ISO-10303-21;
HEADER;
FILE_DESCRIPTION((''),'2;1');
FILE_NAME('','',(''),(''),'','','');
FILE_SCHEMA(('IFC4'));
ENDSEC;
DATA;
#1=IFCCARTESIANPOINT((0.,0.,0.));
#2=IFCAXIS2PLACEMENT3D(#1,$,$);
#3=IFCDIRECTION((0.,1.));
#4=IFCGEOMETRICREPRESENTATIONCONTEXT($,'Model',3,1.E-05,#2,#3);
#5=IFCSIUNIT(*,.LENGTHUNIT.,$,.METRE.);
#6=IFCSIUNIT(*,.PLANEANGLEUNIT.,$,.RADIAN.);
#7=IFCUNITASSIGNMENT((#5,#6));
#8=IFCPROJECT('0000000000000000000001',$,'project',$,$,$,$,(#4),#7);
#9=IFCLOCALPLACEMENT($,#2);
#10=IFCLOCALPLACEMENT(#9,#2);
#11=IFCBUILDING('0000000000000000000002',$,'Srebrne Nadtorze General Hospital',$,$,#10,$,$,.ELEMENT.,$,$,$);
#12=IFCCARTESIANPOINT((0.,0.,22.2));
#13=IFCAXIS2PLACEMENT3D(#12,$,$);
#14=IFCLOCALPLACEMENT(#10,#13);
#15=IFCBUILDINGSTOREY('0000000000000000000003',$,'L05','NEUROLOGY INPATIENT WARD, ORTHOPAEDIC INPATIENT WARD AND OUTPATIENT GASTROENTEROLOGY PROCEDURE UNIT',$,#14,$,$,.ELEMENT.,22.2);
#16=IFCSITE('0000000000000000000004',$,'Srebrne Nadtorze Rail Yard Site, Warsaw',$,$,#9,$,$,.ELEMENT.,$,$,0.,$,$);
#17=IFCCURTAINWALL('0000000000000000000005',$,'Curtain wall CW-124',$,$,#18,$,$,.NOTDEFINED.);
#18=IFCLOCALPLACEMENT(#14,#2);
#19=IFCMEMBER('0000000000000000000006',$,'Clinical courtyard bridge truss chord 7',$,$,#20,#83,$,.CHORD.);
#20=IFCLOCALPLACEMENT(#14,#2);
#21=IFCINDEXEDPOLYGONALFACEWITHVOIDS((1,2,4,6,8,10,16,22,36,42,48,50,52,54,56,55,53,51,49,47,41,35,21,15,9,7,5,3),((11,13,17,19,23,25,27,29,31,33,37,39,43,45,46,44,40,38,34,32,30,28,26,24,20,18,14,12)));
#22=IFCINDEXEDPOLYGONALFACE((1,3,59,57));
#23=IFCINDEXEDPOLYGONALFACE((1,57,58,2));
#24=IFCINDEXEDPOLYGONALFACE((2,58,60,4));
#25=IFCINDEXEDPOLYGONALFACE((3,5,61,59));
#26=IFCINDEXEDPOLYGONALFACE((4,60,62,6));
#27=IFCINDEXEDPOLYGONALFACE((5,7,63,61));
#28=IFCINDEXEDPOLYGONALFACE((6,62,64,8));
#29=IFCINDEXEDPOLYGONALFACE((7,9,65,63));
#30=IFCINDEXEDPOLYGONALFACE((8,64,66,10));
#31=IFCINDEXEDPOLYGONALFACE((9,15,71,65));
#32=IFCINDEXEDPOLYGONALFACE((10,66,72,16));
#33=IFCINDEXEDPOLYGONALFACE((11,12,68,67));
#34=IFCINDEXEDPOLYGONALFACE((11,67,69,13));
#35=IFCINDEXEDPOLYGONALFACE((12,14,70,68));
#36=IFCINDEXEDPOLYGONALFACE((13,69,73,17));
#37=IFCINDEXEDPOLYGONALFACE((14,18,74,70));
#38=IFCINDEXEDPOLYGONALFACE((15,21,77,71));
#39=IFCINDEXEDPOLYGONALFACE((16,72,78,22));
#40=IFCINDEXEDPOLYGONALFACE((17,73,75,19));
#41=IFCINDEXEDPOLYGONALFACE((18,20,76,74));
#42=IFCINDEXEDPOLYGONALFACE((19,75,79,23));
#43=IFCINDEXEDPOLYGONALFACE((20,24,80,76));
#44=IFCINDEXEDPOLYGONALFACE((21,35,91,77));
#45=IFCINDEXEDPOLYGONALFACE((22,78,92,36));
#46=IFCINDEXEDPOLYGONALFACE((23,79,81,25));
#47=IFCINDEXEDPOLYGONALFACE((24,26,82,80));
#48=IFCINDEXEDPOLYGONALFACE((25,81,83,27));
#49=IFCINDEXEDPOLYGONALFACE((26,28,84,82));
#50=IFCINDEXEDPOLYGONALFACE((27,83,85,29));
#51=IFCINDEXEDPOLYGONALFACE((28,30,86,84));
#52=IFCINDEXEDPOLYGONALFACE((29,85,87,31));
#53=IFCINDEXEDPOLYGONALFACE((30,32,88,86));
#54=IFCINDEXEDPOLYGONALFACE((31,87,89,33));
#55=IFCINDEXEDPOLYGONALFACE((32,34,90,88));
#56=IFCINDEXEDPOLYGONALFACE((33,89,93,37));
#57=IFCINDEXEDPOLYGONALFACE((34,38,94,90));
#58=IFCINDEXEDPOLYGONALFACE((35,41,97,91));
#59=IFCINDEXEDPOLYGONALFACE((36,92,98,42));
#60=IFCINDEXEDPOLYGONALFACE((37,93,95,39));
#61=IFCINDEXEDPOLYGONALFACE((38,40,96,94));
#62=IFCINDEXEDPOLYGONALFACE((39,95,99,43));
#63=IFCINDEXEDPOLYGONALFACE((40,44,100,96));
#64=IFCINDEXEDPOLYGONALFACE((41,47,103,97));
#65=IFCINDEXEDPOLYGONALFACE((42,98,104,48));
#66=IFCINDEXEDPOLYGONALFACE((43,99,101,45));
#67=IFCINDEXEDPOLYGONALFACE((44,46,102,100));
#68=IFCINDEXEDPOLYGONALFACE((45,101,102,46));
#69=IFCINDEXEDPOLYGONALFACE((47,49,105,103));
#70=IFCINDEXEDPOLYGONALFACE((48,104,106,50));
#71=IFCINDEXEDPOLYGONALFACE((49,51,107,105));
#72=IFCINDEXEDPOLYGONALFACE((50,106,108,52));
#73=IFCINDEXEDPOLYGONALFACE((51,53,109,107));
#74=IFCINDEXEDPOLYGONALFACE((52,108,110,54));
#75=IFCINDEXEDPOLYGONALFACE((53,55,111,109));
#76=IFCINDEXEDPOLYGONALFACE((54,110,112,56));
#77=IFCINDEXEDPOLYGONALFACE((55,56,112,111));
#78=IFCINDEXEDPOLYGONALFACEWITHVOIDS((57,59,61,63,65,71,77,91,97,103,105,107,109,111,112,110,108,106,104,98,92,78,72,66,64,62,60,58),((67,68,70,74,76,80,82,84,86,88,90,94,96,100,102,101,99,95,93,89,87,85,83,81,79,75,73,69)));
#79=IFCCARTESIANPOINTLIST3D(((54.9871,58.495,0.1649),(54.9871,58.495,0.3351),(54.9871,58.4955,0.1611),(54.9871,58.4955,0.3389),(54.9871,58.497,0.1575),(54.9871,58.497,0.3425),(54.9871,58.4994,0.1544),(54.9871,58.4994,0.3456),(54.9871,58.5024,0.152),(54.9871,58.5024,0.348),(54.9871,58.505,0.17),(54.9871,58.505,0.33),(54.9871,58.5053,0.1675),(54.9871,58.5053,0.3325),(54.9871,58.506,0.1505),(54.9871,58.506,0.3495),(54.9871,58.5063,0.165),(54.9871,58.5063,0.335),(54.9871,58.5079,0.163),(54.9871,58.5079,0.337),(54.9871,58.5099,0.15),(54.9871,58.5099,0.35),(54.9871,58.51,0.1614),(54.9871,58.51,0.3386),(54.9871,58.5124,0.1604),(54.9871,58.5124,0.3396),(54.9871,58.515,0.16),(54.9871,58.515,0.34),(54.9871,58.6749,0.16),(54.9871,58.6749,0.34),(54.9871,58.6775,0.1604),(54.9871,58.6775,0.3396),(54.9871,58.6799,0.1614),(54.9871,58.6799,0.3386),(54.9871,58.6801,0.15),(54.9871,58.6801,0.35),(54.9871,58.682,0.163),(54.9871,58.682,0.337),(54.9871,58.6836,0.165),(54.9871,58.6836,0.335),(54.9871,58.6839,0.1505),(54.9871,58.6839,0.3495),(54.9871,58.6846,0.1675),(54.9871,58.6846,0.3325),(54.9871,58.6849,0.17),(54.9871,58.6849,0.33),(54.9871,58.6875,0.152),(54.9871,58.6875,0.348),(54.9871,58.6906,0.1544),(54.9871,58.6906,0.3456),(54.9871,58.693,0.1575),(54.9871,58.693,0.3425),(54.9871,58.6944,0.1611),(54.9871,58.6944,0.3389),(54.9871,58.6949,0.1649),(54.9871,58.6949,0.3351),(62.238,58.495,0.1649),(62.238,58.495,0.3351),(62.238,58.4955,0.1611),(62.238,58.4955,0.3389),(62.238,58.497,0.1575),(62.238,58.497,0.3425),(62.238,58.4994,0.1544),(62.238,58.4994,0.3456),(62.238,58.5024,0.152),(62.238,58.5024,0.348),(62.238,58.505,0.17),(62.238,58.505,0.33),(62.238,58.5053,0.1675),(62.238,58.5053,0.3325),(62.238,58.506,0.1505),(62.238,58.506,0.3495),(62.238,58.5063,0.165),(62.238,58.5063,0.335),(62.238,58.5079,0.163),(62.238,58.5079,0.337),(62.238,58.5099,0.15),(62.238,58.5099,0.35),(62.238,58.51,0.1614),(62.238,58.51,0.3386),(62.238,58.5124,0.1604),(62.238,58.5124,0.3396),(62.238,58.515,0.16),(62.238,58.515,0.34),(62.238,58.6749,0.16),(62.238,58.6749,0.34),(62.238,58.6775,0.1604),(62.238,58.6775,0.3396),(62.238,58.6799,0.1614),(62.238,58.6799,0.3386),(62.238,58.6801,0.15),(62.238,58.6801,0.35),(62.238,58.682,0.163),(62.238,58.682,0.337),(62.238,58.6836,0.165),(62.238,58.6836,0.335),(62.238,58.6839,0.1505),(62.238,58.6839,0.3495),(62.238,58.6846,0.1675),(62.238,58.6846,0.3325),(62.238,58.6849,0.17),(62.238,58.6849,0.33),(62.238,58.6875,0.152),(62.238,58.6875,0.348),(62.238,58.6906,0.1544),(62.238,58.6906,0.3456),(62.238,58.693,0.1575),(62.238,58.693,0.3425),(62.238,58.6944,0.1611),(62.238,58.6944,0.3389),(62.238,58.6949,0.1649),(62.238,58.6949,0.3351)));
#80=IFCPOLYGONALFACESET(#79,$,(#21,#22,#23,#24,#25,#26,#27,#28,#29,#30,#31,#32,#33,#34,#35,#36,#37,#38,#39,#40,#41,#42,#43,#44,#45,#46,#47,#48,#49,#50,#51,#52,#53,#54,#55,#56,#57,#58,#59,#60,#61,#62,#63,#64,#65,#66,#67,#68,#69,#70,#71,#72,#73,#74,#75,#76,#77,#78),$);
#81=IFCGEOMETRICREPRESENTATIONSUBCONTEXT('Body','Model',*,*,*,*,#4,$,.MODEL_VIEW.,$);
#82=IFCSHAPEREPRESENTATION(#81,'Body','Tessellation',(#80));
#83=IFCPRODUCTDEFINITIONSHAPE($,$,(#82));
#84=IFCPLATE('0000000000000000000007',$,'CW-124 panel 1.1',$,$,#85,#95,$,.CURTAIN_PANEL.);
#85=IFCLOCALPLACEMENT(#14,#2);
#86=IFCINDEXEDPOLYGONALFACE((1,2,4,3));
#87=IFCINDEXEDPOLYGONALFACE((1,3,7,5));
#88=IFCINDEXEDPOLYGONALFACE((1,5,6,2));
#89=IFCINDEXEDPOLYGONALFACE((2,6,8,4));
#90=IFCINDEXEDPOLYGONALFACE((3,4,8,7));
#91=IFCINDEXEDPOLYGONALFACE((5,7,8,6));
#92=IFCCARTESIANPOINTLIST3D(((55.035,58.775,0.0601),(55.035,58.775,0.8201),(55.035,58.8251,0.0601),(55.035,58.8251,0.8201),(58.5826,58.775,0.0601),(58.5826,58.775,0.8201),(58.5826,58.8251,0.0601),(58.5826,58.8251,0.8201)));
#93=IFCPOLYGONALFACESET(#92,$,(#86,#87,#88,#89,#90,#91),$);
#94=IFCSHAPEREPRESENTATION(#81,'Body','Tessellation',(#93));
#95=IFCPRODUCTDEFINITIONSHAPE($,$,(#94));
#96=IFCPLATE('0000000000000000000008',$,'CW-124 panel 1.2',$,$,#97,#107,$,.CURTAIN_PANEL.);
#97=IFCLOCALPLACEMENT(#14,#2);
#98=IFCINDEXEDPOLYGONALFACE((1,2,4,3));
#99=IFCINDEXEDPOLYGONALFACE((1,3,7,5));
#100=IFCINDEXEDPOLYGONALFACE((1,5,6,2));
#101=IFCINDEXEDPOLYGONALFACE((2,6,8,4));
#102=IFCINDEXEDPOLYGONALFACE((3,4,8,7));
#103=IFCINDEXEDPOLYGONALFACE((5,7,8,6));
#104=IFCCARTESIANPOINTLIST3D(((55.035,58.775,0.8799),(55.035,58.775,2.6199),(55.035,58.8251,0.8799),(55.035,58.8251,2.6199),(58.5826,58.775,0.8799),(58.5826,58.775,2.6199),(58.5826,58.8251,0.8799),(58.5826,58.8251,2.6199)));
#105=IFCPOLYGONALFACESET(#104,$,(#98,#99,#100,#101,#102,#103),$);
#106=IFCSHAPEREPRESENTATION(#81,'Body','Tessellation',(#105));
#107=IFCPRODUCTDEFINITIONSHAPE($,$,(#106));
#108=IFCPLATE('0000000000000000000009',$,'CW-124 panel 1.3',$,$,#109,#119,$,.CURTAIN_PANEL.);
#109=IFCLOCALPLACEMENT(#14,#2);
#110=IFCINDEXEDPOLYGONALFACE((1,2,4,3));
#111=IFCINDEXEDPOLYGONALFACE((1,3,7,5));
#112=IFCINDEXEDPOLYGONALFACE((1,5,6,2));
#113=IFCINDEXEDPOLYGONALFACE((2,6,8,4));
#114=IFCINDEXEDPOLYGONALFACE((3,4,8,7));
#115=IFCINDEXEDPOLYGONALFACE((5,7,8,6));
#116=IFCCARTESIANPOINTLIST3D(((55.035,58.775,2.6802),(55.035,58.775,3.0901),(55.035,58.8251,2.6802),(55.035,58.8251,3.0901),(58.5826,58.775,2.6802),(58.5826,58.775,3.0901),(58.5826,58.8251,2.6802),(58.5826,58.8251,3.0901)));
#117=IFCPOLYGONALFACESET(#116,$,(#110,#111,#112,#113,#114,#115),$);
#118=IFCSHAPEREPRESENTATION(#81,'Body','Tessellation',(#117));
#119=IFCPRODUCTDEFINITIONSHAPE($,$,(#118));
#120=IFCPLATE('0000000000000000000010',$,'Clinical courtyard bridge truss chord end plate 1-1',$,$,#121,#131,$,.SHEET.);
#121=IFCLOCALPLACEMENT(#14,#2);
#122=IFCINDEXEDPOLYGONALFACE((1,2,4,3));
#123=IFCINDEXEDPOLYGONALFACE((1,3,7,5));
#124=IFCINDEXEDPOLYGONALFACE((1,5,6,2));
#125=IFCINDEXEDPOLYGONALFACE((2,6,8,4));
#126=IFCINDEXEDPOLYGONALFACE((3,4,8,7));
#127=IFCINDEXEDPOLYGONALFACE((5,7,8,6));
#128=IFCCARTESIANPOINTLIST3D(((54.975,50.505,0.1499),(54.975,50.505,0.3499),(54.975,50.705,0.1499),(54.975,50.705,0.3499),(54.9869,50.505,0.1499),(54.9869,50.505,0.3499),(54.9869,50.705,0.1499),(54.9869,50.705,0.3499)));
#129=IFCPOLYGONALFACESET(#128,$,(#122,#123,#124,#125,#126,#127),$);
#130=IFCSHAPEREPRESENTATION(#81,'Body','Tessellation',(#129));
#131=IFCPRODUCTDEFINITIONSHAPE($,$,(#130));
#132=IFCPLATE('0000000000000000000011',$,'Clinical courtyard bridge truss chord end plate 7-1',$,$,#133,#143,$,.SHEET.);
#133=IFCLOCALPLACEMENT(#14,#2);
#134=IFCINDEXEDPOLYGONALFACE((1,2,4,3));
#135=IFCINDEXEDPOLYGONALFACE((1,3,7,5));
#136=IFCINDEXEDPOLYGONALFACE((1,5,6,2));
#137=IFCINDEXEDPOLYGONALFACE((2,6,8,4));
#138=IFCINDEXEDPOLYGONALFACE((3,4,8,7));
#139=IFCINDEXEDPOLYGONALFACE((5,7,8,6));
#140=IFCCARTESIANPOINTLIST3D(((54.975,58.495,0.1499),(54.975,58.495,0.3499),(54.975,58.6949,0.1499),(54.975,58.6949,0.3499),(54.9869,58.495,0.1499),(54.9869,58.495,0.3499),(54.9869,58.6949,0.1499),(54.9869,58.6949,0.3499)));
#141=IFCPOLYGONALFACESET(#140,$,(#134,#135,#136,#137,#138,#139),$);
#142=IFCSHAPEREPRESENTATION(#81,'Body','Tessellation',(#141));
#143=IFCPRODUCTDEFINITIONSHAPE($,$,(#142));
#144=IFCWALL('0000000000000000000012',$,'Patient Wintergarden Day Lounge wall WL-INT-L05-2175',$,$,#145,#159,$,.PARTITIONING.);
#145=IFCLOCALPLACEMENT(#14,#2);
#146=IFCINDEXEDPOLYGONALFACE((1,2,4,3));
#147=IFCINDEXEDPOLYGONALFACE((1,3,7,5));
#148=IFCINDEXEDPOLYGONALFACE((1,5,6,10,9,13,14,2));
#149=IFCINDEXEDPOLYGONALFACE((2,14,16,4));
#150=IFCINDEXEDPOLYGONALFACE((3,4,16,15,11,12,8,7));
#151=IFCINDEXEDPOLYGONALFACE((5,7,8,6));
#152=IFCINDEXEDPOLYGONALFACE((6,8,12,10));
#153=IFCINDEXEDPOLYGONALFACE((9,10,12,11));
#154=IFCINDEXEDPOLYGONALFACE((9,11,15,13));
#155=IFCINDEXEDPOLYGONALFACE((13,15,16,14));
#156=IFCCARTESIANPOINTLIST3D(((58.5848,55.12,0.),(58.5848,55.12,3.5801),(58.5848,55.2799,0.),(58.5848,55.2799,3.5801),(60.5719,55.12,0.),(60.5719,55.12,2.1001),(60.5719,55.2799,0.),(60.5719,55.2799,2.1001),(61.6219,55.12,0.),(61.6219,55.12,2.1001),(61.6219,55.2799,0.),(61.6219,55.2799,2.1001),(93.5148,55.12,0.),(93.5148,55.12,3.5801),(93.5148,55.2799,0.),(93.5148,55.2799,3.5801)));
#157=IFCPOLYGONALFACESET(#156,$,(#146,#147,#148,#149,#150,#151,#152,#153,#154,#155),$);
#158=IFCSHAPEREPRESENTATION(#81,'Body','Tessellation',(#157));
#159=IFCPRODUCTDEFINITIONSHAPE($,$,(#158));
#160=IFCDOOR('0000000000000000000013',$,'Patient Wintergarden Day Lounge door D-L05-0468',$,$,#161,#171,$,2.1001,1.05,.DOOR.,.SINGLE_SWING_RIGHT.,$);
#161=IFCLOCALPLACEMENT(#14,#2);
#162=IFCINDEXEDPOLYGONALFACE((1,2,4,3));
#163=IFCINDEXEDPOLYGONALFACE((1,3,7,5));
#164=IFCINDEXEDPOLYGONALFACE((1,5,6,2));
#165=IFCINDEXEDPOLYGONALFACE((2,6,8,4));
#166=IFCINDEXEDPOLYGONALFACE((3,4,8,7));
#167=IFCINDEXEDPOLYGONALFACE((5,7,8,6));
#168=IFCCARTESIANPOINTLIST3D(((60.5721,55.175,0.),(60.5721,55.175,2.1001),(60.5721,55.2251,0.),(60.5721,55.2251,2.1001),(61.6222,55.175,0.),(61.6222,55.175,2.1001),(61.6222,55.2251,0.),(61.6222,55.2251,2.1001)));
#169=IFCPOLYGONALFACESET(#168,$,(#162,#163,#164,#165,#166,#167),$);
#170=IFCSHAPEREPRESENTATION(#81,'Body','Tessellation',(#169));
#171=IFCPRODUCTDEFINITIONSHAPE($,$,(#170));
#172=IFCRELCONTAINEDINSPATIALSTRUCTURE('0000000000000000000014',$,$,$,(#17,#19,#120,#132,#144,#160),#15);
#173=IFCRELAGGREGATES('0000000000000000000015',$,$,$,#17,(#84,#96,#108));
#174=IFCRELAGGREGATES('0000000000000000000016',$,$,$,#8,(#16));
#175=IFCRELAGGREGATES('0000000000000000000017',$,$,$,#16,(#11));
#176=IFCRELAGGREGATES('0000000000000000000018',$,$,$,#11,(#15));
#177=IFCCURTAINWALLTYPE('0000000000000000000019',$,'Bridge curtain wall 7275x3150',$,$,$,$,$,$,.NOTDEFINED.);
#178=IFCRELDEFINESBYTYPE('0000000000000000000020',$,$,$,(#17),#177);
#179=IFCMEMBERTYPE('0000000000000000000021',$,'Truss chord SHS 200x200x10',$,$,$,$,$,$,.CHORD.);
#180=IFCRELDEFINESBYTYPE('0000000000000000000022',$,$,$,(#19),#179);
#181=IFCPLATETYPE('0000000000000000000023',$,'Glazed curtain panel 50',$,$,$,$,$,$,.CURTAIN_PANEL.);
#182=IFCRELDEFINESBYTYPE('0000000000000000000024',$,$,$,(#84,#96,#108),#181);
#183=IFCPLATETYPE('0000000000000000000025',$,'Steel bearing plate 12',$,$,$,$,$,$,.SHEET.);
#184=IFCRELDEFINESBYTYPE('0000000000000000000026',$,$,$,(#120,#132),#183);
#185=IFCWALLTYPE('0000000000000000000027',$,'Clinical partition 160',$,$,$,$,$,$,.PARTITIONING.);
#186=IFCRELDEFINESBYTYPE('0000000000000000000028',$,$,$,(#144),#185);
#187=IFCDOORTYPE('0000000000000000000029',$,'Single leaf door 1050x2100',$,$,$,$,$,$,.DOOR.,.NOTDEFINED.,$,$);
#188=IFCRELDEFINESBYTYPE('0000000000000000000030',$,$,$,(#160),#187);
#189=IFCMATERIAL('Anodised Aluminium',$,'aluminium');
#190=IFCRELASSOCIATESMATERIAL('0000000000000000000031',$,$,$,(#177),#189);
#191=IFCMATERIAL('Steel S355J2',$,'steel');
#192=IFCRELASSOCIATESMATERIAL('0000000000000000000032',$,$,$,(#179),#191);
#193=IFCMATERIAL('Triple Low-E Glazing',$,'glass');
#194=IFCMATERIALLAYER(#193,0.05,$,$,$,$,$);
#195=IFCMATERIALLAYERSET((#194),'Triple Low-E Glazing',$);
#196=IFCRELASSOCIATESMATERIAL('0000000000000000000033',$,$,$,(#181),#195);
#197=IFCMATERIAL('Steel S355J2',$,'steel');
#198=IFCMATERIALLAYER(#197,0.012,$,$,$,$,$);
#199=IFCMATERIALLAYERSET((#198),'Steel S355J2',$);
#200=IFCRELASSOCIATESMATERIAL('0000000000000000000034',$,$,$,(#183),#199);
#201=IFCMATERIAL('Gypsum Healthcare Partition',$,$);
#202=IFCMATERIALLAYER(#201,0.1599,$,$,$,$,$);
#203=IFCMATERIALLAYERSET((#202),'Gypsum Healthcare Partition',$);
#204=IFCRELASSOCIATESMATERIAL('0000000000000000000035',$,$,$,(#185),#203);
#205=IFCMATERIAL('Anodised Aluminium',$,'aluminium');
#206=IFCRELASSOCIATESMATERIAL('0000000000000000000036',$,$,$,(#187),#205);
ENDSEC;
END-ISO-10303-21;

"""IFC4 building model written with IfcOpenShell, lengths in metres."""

from ifc_helpers import new_model, si_unit, direction, frame, frame_2d, origin, origin_2d, place, context, subcontext, project, spatial, rectangle, hollow_rectangle, extrude, material, layer, layer_set, material_profile, profile_set, type_object, element, fill, aggregate, save


model = new_model("IFC4")

# Units and contexts
model_context = context("Model", 3, precision=1e-05, world=origin(), true_north=direction((0.0, 1.0)))
body_context = subcontext(model_context, "Body", "Model", "MODEL_VIEW")
ifc_project = project(units=[si_unit("LENGTHUNIT", "METRE"), si_unit("PLANEANGLEUNIT", "RADIAN")], contexts=[model_context])

# Site, building, storey
site_placement = place(None, origin())
site = spatial("IfcSite", under=ifc_project, at=site_placement, Name="Srebrne Nadtorze Rail Yard Site, Warsaw", CompositionType="ELEMENT", RefElevation=0.0)
building_placement = place(site_placement, origin())
building = spatial("IfcBuilding", under=site, at=building_placement, Name="Srebrne Nadtorze General Hospital", CompositionType="ELEMENT")
storey_placement = place(building_placement, frame((0.0, 0.0, 22.2)))
storey = spatial("IfcBuildingStorey", under=building, at=storey_placement, Name="L05", Description="NEUROLOGY INPATIENT WARD, ORTHOPAEDIC INPATIENT WARD AND OUTPATIENT GASTROENTEROLOGY PROCEDURE UNIT", CompositionType="ELEMENT", Elevation=22.2)

# Curtain wall
ifc_material_1 = material(Name="Anodised Aluminium", Category="aluminium")
curtain_wall_type = type_object("IfcCurtainWallType", Name="Bridge curtain wall 7275x3150", PredefinedType="NOTDEFINED", material=ifc_material_1)
curtain_wall_placement = place(storey_placement, origin())
curtain_wall = element("IfcCurtainWall", 1, at=curtain_wall_placement, inside=storey, type_object=curtain_wall_type, Name="Curtain wall CW-124", PredefinedType="NOTDEFINED")

# Member
ifc_material_2 = material(Name="Steel S355J2", Category="steel")
ifc_material_profile_1 = material_profile(ifc_material_2, hollow_rectangle(XDim=0.2, YDim=0.2, WallThickness=0.01, InnerFilletRadius=0.01, OuterFilletRadius=0.0149, at=origin_2d()), Name="SHS-200x200x10")
ifc_profile_set_1 = profile_set([ifc_material_profile_1], Name="Steel S355J2")
member_type_1 = type_object("IfcMemberType", Name="Truss chord SHS 200x200x10", PredefinedType="CHORD", material=ifc_profile_set_1)
for number, where, z_axis, x_axis, name in (
    (2, (54.9871, 58.595, 0.25), (1.0, 0.0, 0.0), (0.0, 1.0, 0.0), "Clinical courtyard bridge truss chord 7"),
):
    element("IfcMember", number, at=place(storey_placement, frame(where, z_axis=z_axis, x_axis=x_axis)), inside=storey, type_object=member_type_1, Name=name, PredefinedType="CHORD", context=body_context, shape_type="SweptSolid", body=[
        extrude(hollow_rectangle(XDim=0.2, YDim=0.2, WallThickness=0.01, InnerFilletRadius=0.01, OuterFilletRadius=0.0149, at=origin_2d()), origin(), (0.0, 0.0, 1.0), 7.251),
    ])

# Plates
ifc_material_3 = material(Name="Triple Low-E Glazing", Category="glass")
ifc_layer_1 = layer(ifc_material_3, 0.05)
ifc_layer_set_1 = layer_set([ifc_layer_1], Name="Triple Low-E Glazing")
plate_type_1 = type_object("IfcPlateType", Name="Glazed curtain panel 50", PredefinedType="CURTAIN_PANEL", material=ifc_layer_set_1)
plate_1_placement = place(storey_placement, frame((56.8088, 58.8, 0.0601), z_axis=(0.0, 0.0, 1.0), x_axis=(1.0, 0.0, 0.0)))
plate_1 = element("IfcPlate", 3, at=plate_1_placement, type_object=plate_type_1, Name="CW-124 panel 1.1", PredefinedType="CURTAIN_PANEL", context=body_context, shape_type="SweptSolid", body=[
    extrude(rectangle(XDim=3.5476, YDim=0.05, at=origin_2d()), origin(), (0.0, 0.0, 1.0), 0.76),
])
plate_2_placement = place(storey_placement, frame((56.8088, 58.8, 0.8799), z_axis=(0.0, 0.0, 1.0), x_axis=(1.0, 0.0, 0.0)))
plate_2 = element("IfcPlate", 4, at=plate_2_placement, type_object=plate_type_1, Name="CW-124 panel 1.2", PredefinedType="CURTAIN_PANEL", context=body_context, shape_type="SweptSolid", body=[
    extrude(rectangle(XDim=3.5476, YDim=0.05, at=origin_2d()), origin(), (0.0, 0.0, 1.0), 1.74),
])
plate_3_placement = place(storey_placement, frame((56.8088, 58.8, 2.6802), z_axis=(0.0, 0.0, 1.0), x_axis=(1.0, 0.0, 0.0)))
plate_3 = element("IfcPlate", 5, at=plate_3_placement, type_object=plate_type_1, Name="CW-124 panel 1.3", PredefinedType="CURTAIN_PANEL", context=body_context, shape_type="SweptSolid", body=[
    extrude(rectangle(XDim=3.5476, YDim=0.05, at=origin_2d()), origin(), (0.0, 0.0, 1.0), 0.4099),
])
aggregate(curtain_wall, [plate_1, plate_2, plate_3])

# Plates
ifc_material_4 = material(Name="Steel S355J2", Category="steel")
ifc_layer_2 = layer(ifc_material_4, 0.012)
ifc_layer_set_2 = layer_set([ifc_layer_2], Name="Steel S355J2")
plate_type_2 = type_object("IfcPlateType", Name="Steel bearing plate 12", PredefinedType="SHEET", material=ifc_layer_set_2)
for number, where, z_axis, x_axis, name in (
    (6, (54.981, 50.605, 0.1499), (0.0, 0.0, 1.0), (1.0, 0.0, 0.0), "Clinical courtyard bridge truss chord end plate 1-1"),
    (7, (54.981, 58.595, 0.1499), (0.0, 0.0, 1.0), (1.0, 0.0, 0.0), "Clinical courtyard bridge truss chord end plate 7-1"),
):
    element("IfcPlate", number, at=place(storey_placement, frame(where, z_axis=z_axis, x_axis=x_axis)), inside=storey, type_object=plate_type_2, Name=name, PredefinedType="SHEET", context=body_context, shape_type="SweptSolid", body=[
        extrude(rectangle(XDim=0.012, YDim=0.2, at=origin_2d()), origin(), (0.0, 0.0, 1.0), 0.2),
    ])

# Wall, opening, door
ifc_material_5 = material(Name="Gypsum Healthcare Partition")
ifc_layer_3 = layer(ifc_material_5, 0.1599)
ifc_layer_set_3 = layer_set([ifc_layer_3], Name="Gypsum Healthcare Partition")
wall_type = type_object("IfcWallType", Name="Clinical partition 160", PredefinedType="PARTITIONING", material=ifc_layer_set_3)
wall_placement = place(storey_placement, frame((58.585, 55.2, 0.0), z_axis=(0.0, 0.0, 1.0), x_axis=(1.0, 0.0, 0.0)))
wall = element("IfcWall", 8, at=wall_placement, inside=storey, type_object=wall_type, Name="Patient Wintergarden Day Lounge wall WL-INT-L05-2175", PredefinedType="PARTITIONING", context=body_context, shape_type="SweptSolid", body=[
    extrude(rectangle(XDim=34.9299, YDim=0.1599, at=frame_2d((17.4648, 0.0))), origin(), (0.0, 0.0, 1.0), 3.5801),
])
opening_placement = place(wall_placement, frame((1.9871, 0.0, 0.0)))
opening = element("IfcOpeningElement", 9, at=opening_placement, cuts=wall, PredefinedType="OPENING", context=body_context, shape_type="SweptSolid", body=[
    extrude(rectangle(XDim=1.05, YDim=2.1001, at=frame_2d((0.5249, 1.05))), frame((0.0, 0.0918, 0.0), z_axis=(0.0, -1.0, 0.0), x_axis=(1.0, 0.0, 0.0)), (0.0, 0.0, 1.0), 0.1838),
])
ifc_material_6 = material(Name="Anodised Aluminium", Category="aluminium")
door_type = type_object("IfcDoorType", Name="Single leaf door 1050x2100", OperationType="NOTDEFINED", PredefinedType="DOOR", material=ifc_material_6)
door_placement = place(opening_placement, frame((1.05, 0.0, 0.0), z_axis=(0.0, 0.0, 1.0), x_axis=(-1.0, 0.0, 0.0)))
door = element("IfcDoor", 10, at=door_placement, inside=storey, type_object=door_type, Name="Patient Wintergarden Day Lounge door D-L05-0468", OperationType="SINGLE_SWING_RIGHT", OverallHeight=2.1001, OverallWidth=1.05, PredefinedType="DOOR", context=body_context, shape_type="SweptSolid", body=[
    extrude(rectangle(XDim=1.05, YDim=2.1001, at=frame_2d((0.5249, 1.05))), frame((0.0, 0.0249, 0.0), z_axis=(0.0, -1.0, 0.0), x_axis=(1.0, 0.0, 0.0)), (0.0, 0.0, 1.0), 0.05),
])
fill(opening, door)

save(model, "model.ifc")
